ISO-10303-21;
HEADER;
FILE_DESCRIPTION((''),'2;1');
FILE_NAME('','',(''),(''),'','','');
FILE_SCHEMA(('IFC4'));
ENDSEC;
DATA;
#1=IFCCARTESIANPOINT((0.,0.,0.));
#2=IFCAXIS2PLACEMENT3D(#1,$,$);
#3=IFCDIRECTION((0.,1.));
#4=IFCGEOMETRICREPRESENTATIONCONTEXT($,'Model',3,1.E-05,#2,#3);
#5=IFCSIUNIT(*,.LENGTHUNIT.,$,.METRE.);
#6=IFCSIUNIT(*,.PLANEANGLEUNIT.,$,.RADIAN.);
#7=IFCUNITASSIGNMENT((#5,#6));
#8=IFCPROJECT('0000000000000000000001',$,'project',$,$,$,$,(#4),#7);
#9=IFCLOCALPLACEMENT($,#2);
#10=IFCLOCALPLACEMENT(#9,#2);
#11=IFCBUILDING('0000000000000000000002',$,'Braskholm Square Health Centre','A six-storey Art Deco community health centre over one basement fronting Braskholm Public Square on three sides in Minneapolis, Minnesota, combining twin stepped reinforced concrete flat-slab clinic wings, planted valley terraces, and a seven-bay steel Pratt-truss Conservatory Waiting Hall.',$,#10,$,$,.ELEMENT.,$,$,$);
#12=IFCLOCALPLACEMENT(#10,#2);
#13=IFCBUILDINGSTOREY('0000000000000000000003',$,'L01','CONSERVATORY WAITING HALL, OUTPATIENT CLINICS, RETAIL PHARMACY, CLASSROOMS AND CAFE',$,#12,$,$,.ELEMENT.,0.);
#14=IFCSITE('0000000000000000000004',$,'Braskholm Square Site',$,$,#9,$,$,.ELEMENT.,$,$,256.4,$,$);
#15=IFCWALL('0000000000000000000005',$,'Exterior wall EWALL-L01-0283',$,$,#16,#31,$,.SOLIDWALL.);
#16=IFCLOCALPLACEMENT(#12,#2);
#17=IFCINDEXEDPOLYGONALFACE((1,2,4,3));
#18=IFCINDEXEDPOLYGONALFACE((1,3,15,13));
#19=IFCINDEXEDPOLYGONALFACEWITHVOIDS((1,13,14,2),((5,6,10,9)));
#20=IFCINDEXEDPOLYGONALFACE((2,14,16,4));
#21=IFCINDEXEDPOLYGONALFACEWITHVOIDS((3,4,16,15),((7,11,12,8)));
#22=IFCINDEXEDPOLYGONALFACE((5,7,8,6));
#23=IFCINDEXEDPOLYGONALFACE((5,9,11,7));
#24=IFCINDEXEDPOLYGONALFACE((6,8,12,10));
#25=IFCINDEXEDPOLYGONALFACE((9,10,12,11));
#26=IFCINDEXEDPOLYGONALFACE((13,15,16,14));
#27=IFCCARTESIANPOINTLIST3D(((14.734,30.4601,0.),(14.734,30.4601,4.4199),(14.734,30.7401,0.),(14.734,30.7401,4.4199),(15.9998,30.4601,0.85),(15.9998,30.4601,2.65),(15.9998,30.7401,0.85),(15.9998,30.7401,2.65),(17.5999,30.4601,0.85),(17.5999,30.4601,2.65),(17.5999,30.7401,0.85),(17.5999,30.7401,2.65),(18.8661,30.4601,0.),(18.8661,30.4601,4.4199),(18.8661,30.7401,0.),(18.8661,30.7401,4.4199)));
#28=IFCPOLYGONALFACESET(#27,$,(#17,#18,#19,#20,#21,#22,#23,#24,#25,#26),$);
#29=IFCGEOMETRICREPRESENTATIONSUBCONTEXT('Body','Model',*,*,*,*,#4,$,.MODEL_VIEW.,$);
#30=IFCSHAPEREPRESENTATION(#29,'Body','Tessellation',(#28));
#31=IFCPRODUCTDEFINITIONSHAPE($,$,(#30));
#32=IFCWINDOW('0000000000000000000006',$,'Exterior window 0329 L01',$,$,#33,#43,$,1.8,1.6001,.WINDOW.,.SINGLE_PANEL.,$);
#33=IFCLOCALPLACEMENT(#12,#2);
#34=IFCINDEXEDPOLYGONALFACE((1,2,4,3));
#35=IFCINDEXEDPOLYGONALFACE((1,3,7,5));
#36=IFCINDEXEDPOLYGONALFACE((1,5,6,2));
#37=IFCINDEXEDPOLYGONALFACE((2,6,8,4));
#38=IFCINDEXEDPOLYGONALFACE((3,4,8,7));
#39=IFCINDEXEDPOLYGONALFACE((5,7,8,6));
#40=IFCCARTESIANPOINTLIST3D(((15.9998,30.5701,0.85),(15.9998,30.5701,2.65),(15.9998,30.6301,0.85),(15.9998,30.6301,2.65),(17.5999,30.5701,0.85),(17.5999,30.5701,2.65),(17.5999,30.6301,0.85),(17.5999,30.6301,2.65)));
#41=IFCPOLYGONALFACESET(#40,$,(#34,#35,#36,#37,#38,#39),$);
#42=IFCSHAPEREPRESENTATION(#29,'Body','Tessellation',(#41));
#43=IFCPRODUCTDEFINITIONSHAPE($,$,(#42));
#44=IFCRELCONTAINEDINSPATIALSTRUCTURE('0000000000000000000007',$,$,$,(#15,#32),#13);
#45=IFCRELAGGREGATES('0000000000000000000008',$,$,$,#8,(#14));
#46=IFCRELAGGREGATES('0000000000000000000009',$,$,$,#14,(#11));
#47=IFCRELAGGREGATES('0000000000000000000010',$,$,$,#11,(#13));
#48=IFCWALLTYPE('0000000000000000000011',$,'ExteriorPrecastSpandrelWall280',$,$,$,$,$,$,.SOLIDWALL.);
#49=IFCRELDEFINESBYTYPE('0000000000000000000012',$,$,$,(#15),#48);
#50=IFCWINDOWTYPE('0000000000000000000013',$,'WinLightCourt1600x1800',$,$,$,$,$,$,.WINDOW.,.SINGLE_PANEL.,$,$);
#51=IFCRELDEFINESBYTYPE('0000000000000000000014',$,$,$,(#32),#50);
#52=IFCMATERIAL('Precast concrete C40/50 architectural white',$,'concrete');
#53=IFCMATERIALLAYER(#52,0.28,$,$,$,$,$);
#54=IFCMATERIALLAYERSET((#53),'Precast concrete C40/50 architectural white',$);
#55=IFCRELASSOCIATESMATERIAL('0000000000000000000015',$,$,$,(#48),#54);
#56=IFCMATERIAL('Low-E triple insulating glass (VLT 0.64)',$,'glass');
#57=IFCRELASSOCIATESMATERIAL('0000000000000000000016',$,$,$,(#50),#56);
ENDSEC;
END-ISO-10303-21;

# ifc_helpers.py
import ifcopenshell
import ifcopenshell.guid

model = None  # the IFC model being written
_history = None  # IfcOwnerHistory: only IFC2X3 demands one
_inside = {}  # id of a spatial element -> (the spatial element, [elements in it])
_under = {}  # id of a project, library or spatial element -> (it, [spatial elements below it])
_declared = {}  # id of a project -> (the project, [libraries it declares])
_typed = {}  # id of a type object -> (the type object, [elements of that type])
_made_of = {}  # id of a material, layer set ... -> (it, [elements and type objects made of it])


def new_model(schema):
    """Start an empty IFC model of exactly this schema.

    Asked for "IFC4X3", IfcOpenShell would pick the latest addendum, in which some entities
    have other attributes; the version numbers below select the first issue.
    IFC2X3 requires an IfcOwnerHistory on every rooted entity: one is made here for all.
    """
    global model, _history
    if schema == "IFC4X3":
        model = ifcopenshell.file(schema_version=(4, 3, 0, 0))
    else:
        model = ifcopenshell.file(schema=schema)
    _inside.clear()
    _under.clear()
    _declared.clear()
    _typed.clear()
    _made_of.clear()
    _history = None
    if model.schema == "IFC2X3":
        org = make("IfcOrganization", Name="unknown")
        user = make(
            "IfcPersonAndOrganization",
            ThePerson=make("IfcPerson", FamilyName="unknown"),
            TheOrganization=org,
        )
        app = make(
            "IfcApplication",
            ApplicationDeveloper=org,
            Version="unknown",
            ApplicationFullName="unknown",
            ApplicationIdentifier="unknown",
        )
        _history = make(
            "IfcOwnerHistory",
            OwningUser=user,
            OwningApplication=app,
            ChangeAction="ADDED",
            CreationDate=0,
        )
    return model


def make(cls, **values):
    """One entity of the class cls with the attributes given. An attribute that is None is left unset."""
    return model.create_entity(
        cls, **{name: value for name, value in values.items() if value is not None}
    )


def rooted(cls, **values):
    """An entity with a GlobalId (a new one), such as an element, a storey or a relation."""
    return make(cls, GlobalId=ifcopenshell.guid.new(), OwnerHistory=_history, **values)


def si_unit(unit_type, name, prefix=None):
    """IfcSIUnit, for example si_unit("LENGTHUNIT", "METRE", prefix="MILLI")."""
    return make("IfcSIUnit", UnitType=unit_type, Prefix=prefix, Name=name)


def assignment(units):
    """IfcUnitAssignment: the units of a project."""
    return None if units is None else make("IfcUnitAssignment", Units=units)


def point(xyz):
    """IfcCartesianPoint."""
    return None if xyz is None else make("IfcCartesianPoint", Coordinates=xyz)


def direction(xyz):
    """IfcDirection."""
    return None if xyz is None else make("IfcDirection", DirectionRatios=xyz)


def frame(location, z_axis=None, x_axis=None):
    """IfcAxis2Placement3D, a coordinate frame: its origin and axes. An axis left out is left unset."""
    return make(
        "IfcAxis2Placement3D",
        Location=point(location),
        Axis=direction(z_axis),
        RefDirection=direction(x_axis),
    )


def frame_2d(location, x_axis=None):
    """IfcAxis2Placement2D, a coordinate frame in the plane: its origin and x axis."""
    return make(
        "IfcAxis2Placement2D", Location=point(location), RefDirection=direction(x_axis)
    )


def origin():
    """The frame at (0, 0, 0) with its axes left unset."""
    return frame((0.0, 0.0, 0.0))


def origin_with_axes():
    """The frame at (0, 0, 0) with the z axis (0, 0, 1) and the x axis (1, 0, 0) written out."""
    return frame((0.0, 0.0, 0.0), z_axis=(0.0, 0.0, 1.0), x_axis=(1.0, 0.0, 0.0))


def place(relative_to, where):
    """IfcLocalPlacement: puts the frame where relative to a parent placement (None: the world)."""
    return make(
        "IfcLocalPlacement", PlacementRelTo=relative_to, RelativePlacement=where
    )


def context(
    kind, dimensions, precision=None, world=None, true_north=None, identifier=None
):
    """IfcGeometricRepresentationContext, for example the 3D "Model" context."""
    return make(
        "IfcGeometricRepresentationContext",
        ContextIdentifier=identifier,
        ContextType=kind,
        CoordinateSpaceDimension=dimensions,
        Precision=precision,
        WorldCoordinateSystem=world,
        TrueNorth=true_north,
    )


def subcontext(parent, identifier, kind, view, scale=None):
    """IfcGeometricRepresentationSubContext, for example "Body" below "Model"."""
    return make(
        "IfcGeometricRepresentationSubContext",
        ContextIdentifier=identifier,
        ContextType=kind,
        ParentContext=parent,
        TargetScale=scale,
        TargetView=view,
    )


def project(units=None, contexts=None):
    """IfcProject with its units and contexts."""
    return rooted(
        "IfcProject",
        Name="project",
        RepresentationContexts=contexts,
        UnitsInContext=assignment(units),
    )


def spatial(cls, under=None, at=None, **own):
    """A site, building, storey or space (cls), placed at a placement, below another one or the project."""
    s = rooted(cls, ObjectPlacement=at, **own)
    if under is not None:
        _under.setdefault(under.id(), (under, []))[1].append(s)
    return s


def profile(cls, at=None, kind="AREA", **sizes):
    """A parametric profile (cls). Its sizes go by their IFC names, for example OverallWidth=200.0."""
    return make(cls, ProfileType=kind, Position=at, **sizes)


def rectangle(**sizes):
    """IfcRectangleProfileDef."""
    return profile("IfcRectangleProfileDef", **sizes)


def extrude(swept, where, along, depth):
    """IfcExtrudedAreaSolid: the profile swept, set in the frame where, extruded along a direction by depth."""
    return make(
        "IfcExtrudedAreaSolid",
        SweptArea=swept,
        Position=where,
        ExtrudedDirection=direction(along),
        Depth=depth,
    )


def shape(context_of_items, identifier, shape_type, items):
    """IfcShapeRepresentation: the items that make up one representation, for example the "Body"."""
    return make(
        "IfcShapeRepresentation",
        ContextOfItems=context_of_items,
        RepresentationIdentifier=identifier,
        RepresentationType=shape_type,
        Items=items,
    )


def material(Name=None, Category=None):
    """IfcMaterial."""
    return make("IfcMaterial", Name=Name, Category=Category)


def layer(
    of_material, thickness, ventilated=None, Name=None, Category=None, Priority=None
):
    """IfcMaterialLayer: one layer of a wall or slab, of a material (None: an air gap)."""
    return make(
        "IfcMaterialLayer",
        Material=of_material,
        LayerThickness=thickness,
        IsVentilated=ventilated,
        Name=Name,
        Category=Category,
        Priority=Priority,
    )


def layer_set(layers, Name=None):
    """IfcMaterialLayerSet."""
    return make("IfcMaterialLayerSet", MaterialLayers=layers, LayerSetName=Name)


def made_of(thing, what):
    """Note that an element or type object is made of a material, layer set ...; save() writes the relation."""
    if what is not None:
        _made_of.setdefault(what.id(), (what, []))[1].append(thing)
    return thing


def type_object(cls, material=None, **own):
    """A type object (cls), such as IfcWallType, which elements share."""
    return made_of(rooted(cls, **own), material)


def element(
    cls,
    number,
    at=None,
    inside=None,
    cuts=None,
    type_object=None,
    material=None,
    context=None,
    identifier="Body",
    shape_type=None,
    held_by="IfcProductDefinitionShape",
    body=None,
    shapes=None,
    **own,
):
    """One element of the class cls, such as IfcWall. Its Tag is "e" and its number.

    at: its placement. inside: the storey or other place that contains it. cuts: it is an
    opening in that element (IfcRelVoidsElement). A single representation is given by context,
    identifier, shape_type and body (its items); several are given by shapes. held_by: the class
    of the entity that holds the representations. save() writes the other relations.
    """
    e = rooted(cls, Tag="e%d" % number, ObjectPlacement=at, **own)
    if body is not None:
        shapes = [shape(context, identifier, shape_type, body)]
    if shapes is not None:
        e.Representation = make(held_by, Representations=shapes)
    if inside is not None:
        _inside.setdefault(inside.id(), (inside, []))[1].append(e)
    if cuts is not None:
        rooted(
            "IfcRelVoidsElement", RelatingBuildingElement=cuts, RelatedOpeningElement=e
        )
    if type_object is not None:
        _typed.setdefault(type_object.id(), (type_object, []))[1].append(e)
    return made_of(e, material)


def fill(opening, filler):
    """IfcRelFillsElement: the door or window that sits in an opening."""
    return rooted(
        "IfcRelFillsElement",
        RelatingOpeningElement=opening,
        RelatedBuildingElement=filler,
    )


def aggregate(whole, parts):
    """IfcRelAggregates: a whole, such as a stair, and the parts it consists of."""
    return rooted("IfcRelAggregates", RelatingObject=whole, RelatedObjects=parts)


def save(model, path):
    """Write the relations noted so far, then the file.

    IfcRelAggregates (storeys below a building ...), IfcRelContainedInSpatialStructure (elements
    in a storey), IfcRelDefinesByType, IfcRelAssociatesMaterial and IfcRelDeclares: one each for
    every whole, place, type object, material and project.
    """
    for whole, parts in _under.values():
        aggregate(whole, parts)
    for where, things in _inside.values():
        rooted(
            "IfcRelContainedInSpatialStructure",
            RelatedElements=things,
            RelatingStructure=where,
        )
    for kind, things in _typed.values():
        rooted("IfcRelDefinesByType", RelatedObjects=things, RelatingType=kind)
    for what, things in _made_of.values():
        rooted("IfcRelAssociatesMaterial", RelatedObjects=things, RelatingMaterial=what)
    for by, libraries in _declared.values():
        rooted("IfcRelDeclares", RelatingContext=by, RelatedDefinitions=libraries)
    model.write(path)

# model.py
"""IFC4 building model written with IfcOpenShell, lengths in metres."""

from ifc_helpers import new_model, si_unit, direction, frame, frame_2d, origin, origin_with_axes, place, context, subcontext, project, spatial, rectangle, extrude, material, layer, layer_set, type_object, element, fill, save


model = new_model("IFC4")

# Units and contexts
model_context = context("Model", 3, precision=1e-05, world=origin(), true_north=direction((0.0, 1.0)))
body_context = subcontext(model_context, "Body", "Model", "MODEL_VIEW")
ifc_project = project(units=[si_unit("LENGTHUNIT", "METRE"), si_unit("PLANEANGLEUNIT", "RADIAN")], contexts=[model_context])

# Site, building, storey
site_placement = place(None, origin())
site = spatial("IfcSite", under=ifc_project, at=site_placement, Name="Braskholm Square Site", CompositionType="ELEMENT", RefElevation=256.4)
building_placement = place(site_placement, origin())
building = spatial("IfcBuilding", under=site, at=building_placement, Name="Braskholm Square Health Centre", Description="A six-storey Art Deco community health centre over one basement fronting Braskholm Public Square on three sides in Minneapolis, Minnesota, combining twin stepped reinforced concrete flat-slab clinic wings, planted valley terraces, and a seven-bay steel Pratt-truss Conservatory Waiting Hall.", CompositionType="ELEMENT")
storey_placement = place(building_placement, origin())
storey = spatial("IfcBuildingStorey", under=building, at=storey_placement, Name="L01", Description="CONSERVATORY WAITING HALL, OUTPATIENT CLINICS, RETAIL PHARMACY, CLASSROOMS AND CAFE", CompositionType="ELEMENT", Elevation=0.0)

# Shared definitions
ifc_material_1 = material(Name="Precast concrete C40/50 architectural white", Category="concrete")

# Shared definitions
ifc_material_2 = material(Name="Low-E triple insulating glass (VLT 0.64)", Category="glass")

# Wall, opening, window
ifc_layer_1 = layer(ifc_material_1, 0.28)
ifc_layer_set_1 = layer_set([ifc_layer_1], Name="Precast concrete C40/50 architectural white")
wall_type_1 = type_object("IfcWallType", Name="ExteriorPrecastSpandrelWall280", PredefinedType="SOLIDWALL", material=ifc_layer_set_1)
wall_1_placement = place(storey_placement, frame((18.866, 30.6001, 0.0), z_axis=(0.0, 0.0, 1.0), x_axis=(-1.0, 0.0, 0.0)))
wall_1 = element("IfcWall", 1, at=wall_1_placement, inside=storey, type_object=wall_type_1, Name="Exterior wall EWALL-L01-0283", PredefinedType="SOLIDWALL", context=body_context, shape_type="SweptSolid", body=[
    extrude(rectangle(XDim=4.1321, YDim=0.28, at=frame_2d((2.0659, 0.0))), origin(), (0.0, 0.0, 1.0), 4.4199),
])
opening_1_placement = place(wall_1_placement, frame((1.2661, 0.0, 0.8501)))
opening_1 = element("IfcOpeningElement", 2, at=opening_1_placement, cuts=wall_1, PredefinedType="OPENING", context=body_context, shape_type="SweptSolid", body=[
    extrude(rectangle(XDim=1.6001, YDim=1.8, at=frame_2d((0.8, 0.8999))), frame((0.0, 0.1499, 0.0), z_axis=(0.0, -1.0, 0.0), x_axis=(1.0, 0.0, 0.0)), (0.0, 0.0, 1.0), 0.3),
])
window_type_1 = type_object("IfcWindowType", Name="WinLightCourt1600x1800", PartitioningType="SINGLE_PANEL", PredefinedType="WINDOW", material=ifc_material_2)
window_1_placement = place(opening_1_placement, origin_with_axes())
window_1 = element("IfcWindow", 3, at=window_1_placement, inside=storey, type_object=window_type_1, Name="Exterior window 0329 L01", OverallHeight=1.8, OverallWidth=1.6001, PartitioningType="SINGLE_PANEL", PredefinedType="WINDOW", context=body_context, shape_type="SweptSolid", body=[
    extrude(rectangle(XDim=1.6001, YDim=1.8, at=frame_2d((0.8, 0.8999))), frame((0.0, 0.03, 0.0), z_axis=(0.0, -1.0, 0.0), x_axis=(1.0, 0.0, 0.0)), (0.0, 0.0, 1.0), 0.0601),
])
fill(opening_1, window_1)

save(model, "model.ifc")
